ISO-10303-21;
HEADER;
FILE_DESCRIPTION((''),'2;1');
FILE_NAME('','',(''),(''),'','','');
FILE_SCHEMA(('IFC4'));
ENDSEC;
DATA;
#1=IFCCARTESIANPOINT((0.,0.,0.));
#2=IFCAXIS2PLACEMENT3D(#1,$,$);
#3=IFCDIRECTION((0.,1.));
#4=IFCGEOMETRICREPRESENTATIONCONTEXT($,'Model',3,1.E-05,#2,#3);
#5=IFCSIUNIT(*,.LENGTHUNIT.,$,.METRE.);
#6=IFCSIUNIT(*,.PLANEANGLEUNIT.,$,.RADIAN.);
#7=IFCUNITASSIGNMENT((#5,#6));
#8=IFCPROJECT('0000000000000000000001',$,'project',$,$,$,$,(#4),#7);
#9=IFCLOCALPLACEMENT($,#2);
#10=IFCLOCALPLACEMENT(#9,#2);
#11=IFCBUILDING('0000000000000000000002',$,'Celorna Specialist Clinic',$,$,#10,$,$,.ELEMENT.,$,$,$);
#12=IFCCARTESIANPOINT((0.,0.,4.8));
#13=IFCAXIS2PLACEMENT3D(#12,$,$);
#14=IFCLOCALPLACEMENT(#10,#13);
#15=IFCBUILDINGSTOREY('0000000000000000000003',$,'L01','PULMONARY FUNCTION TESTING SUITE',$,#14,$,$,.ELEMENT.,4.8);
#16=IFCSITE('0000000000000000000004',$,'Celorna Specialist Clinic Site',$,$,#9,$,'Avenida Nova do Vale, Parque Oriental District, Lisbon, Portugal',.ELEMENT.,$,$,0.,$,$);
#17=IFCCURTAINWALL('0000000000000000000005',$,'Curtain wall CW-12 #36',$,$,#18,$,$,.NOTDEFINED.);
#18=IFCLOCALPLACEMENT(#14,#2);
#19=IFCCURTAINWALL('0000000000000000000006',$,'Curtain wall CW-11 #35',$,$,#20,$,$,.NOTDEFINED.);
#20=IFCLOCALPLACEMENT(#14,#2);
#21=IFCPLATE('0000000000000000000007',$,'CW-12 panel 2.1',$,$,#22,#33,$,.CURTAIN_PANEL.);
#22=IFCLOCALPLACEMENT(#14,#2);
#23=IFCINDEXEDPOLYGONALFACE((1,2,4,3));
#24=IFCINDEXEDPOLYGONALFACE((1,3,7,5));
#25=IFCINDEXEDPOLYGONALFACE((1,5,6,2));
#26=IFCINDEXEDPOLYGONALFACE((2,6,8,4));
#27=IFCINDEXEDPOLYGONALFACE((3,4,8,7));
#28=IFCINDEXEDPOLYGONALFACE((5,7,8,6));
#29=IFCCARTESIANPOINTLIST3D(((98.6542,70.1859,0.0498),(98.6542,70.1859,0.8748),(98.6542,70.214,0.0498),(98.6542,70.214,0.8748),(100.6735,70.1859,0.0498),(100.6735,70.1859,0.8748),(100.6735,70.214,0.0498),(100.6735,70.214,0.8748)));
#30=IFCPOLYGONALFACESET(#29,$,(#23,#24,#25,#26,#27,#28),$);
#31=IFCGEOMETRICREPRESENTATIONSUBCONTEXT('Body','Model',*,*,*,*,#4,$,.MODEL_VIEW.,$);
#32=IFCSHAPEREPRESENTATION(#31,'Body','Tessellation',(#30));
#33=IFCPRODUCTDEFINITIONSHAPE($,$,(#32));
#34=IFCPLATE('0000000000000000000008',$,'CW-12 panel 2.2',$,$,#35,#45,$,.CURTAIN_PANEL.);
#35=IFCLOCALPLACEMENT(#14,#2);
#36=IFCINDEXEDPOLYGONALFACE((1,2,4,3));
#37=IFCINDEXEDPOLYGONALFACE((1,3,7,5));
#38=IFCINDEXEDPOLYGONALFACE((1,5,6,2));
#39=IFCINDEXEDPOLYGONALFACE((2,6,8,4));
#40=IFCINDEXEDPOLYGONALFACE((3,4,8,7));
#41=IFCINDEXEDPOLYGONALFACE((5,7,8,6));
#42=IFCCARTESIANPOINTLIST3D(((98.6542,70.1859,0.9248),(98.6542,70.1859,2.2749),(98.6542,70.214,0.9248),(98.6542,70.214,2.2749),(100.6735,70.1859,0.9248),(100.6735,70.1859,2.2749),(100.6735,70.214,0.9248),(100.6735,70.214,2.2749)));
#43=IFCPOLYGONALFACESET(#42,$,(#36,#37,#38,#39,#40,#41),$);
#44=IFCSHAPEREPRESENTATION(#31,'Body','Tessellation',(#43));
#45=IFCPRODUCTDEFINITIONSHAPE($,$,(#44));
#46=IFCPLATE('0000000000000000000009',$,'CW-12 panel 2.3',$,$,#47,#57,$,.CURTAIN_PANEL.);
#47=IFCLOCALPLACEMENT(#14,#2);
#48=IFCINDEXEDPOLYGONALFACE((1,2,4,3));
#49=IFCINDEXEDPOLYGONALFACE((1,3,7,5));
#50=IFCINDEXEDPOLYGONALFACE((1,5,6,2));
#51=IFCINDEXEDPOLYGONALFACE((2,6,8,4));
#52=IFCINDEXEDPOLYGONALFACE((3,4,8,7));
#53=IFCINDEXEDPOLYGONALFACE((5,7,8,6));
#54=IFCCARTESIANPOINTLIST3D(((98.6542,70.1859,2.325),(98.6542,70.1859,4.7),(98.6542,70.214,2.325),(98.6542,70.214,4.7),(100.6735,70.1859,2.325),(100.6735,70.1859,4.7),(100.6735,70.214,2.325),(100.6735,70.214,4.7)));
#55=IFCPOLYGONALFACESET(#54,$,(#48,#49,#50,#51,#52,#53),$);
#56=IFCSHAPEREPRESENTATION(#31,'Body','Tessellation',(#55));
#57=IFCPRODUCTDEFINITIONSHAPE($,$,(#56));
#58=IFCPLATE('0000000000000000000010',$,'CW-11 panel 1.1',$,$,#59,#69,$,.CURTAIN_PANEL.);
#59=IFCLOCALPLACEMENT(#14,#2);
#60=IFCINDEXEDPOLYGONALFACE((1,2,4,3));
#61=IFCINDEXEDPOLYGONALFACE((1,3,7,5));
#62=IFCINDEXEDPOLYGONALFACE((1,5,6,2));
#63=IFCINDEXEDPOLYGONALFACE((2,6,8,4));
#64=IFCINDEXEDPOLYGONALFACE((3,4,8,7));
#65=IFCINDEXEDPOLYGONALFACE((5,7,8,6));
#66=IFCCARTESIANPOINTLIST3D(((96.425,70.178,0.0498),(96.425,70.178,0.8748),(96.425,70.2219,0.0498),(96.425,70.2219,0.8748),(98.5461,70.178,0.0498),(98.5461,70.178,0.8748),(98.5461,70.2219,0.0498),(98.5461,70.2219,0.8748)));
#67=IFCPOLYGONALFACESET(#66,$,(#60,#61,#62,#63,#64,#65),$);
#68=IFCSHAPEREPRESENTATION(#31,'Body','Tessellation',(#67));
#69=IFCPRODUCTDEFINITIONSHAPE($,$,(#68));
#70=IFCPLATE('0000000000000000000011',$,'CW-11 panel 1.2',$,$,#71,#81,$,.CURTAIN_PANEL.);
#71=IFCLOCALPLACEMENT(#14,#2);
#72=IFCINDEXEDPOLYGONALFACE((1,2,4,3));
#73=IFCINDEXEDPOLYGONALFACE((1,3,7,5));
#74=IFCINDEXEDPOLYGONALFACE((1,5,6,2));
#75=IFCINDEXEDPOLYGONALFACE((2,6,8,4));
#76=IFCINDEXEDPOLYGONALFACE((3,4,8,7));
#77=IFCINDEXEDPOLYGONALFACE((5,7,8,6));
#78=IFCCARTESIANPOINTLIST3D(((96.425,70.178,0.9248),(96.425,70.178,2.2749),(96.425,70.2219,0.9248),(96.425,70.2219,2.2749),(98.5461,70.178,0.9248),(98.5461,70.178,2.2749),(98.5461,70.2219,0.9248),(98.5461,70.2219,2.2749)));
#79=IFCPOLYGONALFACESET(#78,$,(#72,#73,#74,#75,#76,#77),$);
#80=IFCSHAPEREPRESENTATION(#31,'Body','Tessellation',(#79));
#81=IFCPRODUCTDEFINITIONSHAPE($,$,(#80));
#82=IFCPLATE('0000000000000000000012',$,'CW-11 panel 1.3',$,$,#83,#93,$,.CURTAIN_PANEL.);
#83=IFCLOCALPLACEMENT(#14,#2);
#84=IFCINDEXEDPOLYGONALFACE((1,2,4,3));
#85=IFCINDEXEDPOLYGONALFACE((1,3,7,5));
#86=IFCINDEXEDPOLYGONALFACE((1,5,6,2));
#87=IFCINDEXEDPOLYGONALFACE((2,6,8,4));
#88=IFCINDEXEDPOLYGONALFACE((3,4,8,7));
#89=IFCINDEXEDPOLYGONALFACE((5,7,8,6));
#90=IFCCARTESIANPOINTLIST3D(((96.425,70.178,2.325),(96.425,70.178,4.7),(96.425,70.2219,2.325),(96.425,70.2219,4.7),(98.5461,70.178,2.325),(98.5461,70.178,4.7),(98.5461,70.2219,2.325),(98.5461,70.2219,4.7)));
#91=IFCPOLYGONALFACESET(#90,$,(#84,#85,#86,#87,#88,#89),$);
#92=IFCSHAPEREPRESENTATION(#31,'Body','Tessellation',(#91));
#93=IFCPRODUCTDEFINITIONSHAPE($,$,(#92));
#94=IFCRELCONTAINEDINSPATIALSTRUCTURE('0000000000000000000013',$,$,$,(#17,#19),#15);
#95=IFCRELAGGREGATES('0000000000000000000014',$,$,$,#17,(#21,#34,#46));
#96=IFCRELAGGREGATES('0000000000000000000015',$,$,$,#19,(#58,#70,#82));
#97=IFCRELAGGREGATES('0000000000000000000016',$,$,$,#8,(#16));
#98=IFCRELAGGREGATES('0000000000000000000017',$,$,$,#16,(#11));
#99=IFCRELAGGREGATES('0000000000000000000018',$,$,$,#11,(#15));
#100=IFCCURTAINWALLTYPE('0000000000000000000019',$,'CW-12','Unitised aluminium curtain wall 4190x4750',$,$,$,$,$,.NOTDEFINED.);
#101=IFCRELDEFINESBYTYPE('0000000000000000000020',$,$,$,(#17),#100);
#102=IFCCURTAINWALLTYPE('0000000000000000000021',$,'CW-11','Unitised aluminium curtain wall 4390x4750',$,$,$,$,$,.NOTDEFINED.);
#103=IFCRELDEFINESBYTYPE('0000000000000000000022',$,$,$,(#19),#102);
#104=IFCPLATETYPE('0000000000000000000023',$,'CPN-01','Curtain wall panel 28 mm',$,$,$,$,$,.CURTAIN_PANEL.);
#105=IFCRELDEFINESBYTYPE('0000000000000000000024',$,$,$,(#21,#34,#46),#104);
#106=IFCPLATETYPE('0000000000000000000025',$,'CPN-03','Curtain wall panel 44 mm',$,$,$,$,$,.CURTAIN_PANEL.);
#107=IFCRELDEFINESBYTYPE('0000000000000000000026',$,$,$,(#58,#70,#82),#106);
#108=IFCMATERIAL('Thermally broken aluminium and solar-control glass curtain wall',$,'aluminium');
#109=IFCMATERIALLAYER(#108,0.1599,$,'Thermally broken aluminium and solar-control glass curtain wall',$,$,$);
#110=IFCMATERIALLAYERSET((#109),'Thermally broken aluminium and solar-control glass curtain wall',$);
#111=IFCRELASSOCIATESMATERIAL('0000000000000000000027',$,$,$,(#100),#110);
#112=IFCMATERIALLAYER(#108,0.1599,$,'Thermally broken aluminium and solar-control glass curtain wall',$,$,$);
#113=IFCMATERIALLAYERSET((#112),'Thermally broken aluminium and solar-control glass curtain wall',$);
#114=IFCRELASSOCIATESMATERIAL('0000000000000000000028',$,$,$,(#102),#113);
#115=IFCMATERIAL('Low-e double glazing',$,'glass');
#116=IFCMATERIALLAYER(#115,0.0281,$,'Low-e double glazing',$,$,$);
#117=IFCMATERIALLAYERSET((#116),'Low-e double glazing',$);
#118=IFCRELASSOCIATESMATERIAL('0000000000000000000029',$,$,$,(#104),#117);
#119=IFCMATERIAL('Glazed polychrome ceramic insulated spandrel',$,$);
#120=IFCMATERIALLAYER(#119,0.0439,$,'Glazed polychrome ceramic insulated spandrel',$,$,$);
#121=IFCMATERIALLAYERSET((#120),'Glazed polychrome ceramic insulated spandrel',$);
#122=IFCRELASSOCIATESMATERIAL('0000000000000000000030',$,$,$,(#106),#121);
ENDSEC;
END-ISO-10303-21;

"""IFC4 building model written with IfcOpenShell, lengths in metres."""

from ifc_helpers import new_model, si_unit, direction, frame, origin, origin_2d, place, context, subcontext, project, spatial, rectangle, extrude, material, layer, layer_set, type_object, element, aggregate, save


model = new_model("IFC4")

# Units and contexts
model_context = context("Model", 3, precision=1e-05, world=origin(), true_north=direction((0.0, 1.0)))
body_context = subcontext(model_context, "Body", "Model", "MODEL_VIEW")
ifc_project = project(units=[si_unit("LENGTHUNIT", "METRE"), si_unit("PLANEANGLEUNIT", "RADIAN")], contexts=[model_context])

# Site, building, storey
site_placement = place(None, origin())
site = spatial("IfcSite", under=ifc_project, at=site_placement, Name="Celorna Specialist Clinic Site", LongName="Avenida Nova do Vale, Parque Oriental District, Lisbon, Portugal", CompositionType="ELEMENT", RefElevation=0.0)
building_placement = place(site_placement, origin())
building = spatial("IfcBuilding", under=site, at=building_placement, Name="Celorna Specialist Clinic", CompositionType="ELEMENT")
storey_placement = place(building_placement, frame((0.0, 0.0, 4.8)))
storey = spatial("IfcBuildingStorey", under=building, at=storey_placement, Name="L01", Description="PULMONARY FUNCTION TESTING SUITE", CompositionType="ELEMENT", Elevation=4.8)

# Curtain wall
ifc_material_1 = material(Name="Thermally broken aluminium and solar-control glass curtain wall", Category="aluminium")
ifc_layer_1 = layer(ifc_material_1, 0.1599, Name="Thermally broken aluminium and solar-control glass curtain wall")
ifc_layer_set_1 = layer_set([ifc_layer_1], Name="Thermally broken aluminium and solar-control glass curtain wall")
curtain_wall_type_1 = type_object("IfcCurtainWallType", Name="CW-12", Description="Unitised aluminium curtain wall 4190x4750", PredefinedType="NOTDEFINED", material=ifc_layer_set_1)
curtain_wall_1_placement = place(storey_placement, origin())
curtain_wall_1 = element("IfcCurtainWall", 1, at=curtain_wall_1_placement, inside=storey, type_object=curtain_wall_type_1, Name="Curtain wall CW-12 #36", PredefinedType="NOTDEFINED")

# Curtain wall
ifc_layer_2 = layer(ifc_material_1, 0.1599, Name="Thermally broken aluminium and solar-control glass curtain wall")
ifc_layer_set_2 = layer_set([ifc_layer_2], Name="Thermally broken aluminium and solar-control glass curtain wall")
curtain_wall_type_2 = type_object("IfcCurtainWallType", Name="CW-11", Description="Unitised aluminium curtain wall 4390x4750", PredefinedType="NOTDEFINED", material=ifc_layer_set_2)
curtain_wall_2_placement = place(storey_placement, origin())
curtain_wall_2 = element("IfcCurtainWall", 2, at=curtain_wall_2_placement, inside=storey, type_object=curtain_wall_type_2, Name="Curtain wall CW-11 #35", PredefinedType="NOTDEFINED")

# Plates
ifc_material_2 = material(Name="Low-e double glazing", Category="glass")
ifc_layer_3 = layer(ifc_material_2, 0.0281, Name="Low-e double glazing")
ifc_layer_set_3 = layer_set([ifc_layer_3], Name="Low-e double glazing")
plate_type_1 = type_object("IfcPlateType", Name="CPN-01", Description="Curtain wall panel 28 mm", PredefinedType="CURTAIN_PANEL", material=ifc_layer_set_3)
plate_1_placement = place(storey_placement, frame((99.6638, 70.2, 0.0498), z_axis=(0.0, 0.0, 1.0), x_axis=(-1.0, 0.0, 0.0)))
plate_1 = element("IfcPlate", 3, at=plate_1_placement, type_object=plate_type_1, Name="CW-12 panel 2.1", PredefinedType="CURTAIN_PANEL", context=body_context, shape_type="SweptSolid", body=[
    extrude(rectangle(XDim=2.0193, YDim=0.0281, at=origin_2d()), origin(), (0.0, 0.0, 1.0), 0.825),
])
plate_2_placement = place(storey_placement, frame((99.6638, 70.2, 0.9248), z_axis=(0.0, 0.0, 1.0), x_axis=(-1.0, 0.0, 0.0)))
plate_2 = element("IfcPlate", 4, at=plate_2_placement, type_object=plate_type_1, Name="CW-12 panel 2.2", PredefinedType="CURTAIN_PANEL", context=body_context, shape_type="SweptSolid", body=[
    extrude(rectangle(XDim=2.0193, YDim=0.0281, at=origin_2d()), origin(), (0.0, 0.0, 1.0), 1.3501),
])
plate_3_placement = place(storey_placement, frame((99.6638, 70.2, 2.325), z_axis=(0.0, 0.0, 1.0), x_axis=(-1.0, 0.0, 0.0)))
plate_3 = element("IfcPlate", 5, at=plate_3_placement, type_object=plate_type_1, Name="CW-12 panel 2.3", PredefinedType="CURTAIN_PANEL", context=body_context, shape_type="SweptSolid", body=[
    extrude(rectangle(XDim=2.0193, YDim=0.0281, at=origin_2d()), origin(), (0.0, 0.0, 1.0), 2.375),
])
aggregate(curtain_wall_1, [plate_1, plate_2, plate_3])
ifc_material_3 = material(Name="Glazed polychrome ceramic insulated spandrel")
ifc_layer_4 = layer(ifc_material_3, 0.0439, Name="Glazed polychrome ceramic insulated spandrel")
ifc_layer_set_4 = layer_set([ifc_layer_4], Name="Glazed polychrome ceramic insulated spandrel")
plate_type_2 = type_object("IfcPlateType", Name="CPN-03", Description="Curtain wall panel 44 mm", PredefinedType="CURTAIN_PANEL", material=ifc_layer_set_4)
plate_4_placement = place(storey_placement, frame((97.4856, 70.2, 0.0498), z_axis=(0.0, 0.0, 1.0), x_axis=(-1.0, 0.0, 0.0)))
plate_4 = element("IfcPlate", 6, at=plate_4_placement, type_object=plate_type_2, Name="CW-11 panel 1.1", PredefinedType="CURTAIN_PANEL", context=body_context, shape_type="SweptSolid", body=[
    extrude(rectangle(XDim=2.1211, YDim=0.0439, at=origin_2d()), origin(), (0.0, 0.0, 1.0), 0.825),
])
plate_5_placement = place(storey_placement, frame((97.4856, 70.2, 0.9248), z_axis=(0.0, 0.0, 1.0), x_axis=(-1.0, 0.0, 0.0)))
plate_5 = element("IfcPlate", 7, at=plate_5_placement, type_object=plate_type_2, Name="CW-11 panel 1.2", PredefinedType="CURTAIN_PANEL", context=body_context, shape_type="SweptSolid", body=[
    extrude(rectangle(XDim=2.1211, YDim=0.0439, at=origin_2d()), origin(), (0.0, 0.0, 1.0), 1.3501),
])
plate_6_placement = place(storey_placement, frame((97.4856, 70.2, 2.325), z_axis=(0.0, 0.0, 1.0), x_axis=(-1.0, 0.0, 0.0)))
plate_6 = element("IfcPlate", 8, at=plate_6_placement, type_object=plate_type_2, Name="CW-11 panel 1.3", PredefinedType="CURTAIN_PANEL", context=body_context, shape_type="SweptSolid", body=[
    extrude(rectangle(XDim=2.1211, YDim=0.0439, at=origin_2d()), origin(), (0.0, 0.0, 1.0), 2.375),
])
aggregate(curtain_wall_2, [plate_4, plate_5, plate_6])

save(model, "model.ifc")
